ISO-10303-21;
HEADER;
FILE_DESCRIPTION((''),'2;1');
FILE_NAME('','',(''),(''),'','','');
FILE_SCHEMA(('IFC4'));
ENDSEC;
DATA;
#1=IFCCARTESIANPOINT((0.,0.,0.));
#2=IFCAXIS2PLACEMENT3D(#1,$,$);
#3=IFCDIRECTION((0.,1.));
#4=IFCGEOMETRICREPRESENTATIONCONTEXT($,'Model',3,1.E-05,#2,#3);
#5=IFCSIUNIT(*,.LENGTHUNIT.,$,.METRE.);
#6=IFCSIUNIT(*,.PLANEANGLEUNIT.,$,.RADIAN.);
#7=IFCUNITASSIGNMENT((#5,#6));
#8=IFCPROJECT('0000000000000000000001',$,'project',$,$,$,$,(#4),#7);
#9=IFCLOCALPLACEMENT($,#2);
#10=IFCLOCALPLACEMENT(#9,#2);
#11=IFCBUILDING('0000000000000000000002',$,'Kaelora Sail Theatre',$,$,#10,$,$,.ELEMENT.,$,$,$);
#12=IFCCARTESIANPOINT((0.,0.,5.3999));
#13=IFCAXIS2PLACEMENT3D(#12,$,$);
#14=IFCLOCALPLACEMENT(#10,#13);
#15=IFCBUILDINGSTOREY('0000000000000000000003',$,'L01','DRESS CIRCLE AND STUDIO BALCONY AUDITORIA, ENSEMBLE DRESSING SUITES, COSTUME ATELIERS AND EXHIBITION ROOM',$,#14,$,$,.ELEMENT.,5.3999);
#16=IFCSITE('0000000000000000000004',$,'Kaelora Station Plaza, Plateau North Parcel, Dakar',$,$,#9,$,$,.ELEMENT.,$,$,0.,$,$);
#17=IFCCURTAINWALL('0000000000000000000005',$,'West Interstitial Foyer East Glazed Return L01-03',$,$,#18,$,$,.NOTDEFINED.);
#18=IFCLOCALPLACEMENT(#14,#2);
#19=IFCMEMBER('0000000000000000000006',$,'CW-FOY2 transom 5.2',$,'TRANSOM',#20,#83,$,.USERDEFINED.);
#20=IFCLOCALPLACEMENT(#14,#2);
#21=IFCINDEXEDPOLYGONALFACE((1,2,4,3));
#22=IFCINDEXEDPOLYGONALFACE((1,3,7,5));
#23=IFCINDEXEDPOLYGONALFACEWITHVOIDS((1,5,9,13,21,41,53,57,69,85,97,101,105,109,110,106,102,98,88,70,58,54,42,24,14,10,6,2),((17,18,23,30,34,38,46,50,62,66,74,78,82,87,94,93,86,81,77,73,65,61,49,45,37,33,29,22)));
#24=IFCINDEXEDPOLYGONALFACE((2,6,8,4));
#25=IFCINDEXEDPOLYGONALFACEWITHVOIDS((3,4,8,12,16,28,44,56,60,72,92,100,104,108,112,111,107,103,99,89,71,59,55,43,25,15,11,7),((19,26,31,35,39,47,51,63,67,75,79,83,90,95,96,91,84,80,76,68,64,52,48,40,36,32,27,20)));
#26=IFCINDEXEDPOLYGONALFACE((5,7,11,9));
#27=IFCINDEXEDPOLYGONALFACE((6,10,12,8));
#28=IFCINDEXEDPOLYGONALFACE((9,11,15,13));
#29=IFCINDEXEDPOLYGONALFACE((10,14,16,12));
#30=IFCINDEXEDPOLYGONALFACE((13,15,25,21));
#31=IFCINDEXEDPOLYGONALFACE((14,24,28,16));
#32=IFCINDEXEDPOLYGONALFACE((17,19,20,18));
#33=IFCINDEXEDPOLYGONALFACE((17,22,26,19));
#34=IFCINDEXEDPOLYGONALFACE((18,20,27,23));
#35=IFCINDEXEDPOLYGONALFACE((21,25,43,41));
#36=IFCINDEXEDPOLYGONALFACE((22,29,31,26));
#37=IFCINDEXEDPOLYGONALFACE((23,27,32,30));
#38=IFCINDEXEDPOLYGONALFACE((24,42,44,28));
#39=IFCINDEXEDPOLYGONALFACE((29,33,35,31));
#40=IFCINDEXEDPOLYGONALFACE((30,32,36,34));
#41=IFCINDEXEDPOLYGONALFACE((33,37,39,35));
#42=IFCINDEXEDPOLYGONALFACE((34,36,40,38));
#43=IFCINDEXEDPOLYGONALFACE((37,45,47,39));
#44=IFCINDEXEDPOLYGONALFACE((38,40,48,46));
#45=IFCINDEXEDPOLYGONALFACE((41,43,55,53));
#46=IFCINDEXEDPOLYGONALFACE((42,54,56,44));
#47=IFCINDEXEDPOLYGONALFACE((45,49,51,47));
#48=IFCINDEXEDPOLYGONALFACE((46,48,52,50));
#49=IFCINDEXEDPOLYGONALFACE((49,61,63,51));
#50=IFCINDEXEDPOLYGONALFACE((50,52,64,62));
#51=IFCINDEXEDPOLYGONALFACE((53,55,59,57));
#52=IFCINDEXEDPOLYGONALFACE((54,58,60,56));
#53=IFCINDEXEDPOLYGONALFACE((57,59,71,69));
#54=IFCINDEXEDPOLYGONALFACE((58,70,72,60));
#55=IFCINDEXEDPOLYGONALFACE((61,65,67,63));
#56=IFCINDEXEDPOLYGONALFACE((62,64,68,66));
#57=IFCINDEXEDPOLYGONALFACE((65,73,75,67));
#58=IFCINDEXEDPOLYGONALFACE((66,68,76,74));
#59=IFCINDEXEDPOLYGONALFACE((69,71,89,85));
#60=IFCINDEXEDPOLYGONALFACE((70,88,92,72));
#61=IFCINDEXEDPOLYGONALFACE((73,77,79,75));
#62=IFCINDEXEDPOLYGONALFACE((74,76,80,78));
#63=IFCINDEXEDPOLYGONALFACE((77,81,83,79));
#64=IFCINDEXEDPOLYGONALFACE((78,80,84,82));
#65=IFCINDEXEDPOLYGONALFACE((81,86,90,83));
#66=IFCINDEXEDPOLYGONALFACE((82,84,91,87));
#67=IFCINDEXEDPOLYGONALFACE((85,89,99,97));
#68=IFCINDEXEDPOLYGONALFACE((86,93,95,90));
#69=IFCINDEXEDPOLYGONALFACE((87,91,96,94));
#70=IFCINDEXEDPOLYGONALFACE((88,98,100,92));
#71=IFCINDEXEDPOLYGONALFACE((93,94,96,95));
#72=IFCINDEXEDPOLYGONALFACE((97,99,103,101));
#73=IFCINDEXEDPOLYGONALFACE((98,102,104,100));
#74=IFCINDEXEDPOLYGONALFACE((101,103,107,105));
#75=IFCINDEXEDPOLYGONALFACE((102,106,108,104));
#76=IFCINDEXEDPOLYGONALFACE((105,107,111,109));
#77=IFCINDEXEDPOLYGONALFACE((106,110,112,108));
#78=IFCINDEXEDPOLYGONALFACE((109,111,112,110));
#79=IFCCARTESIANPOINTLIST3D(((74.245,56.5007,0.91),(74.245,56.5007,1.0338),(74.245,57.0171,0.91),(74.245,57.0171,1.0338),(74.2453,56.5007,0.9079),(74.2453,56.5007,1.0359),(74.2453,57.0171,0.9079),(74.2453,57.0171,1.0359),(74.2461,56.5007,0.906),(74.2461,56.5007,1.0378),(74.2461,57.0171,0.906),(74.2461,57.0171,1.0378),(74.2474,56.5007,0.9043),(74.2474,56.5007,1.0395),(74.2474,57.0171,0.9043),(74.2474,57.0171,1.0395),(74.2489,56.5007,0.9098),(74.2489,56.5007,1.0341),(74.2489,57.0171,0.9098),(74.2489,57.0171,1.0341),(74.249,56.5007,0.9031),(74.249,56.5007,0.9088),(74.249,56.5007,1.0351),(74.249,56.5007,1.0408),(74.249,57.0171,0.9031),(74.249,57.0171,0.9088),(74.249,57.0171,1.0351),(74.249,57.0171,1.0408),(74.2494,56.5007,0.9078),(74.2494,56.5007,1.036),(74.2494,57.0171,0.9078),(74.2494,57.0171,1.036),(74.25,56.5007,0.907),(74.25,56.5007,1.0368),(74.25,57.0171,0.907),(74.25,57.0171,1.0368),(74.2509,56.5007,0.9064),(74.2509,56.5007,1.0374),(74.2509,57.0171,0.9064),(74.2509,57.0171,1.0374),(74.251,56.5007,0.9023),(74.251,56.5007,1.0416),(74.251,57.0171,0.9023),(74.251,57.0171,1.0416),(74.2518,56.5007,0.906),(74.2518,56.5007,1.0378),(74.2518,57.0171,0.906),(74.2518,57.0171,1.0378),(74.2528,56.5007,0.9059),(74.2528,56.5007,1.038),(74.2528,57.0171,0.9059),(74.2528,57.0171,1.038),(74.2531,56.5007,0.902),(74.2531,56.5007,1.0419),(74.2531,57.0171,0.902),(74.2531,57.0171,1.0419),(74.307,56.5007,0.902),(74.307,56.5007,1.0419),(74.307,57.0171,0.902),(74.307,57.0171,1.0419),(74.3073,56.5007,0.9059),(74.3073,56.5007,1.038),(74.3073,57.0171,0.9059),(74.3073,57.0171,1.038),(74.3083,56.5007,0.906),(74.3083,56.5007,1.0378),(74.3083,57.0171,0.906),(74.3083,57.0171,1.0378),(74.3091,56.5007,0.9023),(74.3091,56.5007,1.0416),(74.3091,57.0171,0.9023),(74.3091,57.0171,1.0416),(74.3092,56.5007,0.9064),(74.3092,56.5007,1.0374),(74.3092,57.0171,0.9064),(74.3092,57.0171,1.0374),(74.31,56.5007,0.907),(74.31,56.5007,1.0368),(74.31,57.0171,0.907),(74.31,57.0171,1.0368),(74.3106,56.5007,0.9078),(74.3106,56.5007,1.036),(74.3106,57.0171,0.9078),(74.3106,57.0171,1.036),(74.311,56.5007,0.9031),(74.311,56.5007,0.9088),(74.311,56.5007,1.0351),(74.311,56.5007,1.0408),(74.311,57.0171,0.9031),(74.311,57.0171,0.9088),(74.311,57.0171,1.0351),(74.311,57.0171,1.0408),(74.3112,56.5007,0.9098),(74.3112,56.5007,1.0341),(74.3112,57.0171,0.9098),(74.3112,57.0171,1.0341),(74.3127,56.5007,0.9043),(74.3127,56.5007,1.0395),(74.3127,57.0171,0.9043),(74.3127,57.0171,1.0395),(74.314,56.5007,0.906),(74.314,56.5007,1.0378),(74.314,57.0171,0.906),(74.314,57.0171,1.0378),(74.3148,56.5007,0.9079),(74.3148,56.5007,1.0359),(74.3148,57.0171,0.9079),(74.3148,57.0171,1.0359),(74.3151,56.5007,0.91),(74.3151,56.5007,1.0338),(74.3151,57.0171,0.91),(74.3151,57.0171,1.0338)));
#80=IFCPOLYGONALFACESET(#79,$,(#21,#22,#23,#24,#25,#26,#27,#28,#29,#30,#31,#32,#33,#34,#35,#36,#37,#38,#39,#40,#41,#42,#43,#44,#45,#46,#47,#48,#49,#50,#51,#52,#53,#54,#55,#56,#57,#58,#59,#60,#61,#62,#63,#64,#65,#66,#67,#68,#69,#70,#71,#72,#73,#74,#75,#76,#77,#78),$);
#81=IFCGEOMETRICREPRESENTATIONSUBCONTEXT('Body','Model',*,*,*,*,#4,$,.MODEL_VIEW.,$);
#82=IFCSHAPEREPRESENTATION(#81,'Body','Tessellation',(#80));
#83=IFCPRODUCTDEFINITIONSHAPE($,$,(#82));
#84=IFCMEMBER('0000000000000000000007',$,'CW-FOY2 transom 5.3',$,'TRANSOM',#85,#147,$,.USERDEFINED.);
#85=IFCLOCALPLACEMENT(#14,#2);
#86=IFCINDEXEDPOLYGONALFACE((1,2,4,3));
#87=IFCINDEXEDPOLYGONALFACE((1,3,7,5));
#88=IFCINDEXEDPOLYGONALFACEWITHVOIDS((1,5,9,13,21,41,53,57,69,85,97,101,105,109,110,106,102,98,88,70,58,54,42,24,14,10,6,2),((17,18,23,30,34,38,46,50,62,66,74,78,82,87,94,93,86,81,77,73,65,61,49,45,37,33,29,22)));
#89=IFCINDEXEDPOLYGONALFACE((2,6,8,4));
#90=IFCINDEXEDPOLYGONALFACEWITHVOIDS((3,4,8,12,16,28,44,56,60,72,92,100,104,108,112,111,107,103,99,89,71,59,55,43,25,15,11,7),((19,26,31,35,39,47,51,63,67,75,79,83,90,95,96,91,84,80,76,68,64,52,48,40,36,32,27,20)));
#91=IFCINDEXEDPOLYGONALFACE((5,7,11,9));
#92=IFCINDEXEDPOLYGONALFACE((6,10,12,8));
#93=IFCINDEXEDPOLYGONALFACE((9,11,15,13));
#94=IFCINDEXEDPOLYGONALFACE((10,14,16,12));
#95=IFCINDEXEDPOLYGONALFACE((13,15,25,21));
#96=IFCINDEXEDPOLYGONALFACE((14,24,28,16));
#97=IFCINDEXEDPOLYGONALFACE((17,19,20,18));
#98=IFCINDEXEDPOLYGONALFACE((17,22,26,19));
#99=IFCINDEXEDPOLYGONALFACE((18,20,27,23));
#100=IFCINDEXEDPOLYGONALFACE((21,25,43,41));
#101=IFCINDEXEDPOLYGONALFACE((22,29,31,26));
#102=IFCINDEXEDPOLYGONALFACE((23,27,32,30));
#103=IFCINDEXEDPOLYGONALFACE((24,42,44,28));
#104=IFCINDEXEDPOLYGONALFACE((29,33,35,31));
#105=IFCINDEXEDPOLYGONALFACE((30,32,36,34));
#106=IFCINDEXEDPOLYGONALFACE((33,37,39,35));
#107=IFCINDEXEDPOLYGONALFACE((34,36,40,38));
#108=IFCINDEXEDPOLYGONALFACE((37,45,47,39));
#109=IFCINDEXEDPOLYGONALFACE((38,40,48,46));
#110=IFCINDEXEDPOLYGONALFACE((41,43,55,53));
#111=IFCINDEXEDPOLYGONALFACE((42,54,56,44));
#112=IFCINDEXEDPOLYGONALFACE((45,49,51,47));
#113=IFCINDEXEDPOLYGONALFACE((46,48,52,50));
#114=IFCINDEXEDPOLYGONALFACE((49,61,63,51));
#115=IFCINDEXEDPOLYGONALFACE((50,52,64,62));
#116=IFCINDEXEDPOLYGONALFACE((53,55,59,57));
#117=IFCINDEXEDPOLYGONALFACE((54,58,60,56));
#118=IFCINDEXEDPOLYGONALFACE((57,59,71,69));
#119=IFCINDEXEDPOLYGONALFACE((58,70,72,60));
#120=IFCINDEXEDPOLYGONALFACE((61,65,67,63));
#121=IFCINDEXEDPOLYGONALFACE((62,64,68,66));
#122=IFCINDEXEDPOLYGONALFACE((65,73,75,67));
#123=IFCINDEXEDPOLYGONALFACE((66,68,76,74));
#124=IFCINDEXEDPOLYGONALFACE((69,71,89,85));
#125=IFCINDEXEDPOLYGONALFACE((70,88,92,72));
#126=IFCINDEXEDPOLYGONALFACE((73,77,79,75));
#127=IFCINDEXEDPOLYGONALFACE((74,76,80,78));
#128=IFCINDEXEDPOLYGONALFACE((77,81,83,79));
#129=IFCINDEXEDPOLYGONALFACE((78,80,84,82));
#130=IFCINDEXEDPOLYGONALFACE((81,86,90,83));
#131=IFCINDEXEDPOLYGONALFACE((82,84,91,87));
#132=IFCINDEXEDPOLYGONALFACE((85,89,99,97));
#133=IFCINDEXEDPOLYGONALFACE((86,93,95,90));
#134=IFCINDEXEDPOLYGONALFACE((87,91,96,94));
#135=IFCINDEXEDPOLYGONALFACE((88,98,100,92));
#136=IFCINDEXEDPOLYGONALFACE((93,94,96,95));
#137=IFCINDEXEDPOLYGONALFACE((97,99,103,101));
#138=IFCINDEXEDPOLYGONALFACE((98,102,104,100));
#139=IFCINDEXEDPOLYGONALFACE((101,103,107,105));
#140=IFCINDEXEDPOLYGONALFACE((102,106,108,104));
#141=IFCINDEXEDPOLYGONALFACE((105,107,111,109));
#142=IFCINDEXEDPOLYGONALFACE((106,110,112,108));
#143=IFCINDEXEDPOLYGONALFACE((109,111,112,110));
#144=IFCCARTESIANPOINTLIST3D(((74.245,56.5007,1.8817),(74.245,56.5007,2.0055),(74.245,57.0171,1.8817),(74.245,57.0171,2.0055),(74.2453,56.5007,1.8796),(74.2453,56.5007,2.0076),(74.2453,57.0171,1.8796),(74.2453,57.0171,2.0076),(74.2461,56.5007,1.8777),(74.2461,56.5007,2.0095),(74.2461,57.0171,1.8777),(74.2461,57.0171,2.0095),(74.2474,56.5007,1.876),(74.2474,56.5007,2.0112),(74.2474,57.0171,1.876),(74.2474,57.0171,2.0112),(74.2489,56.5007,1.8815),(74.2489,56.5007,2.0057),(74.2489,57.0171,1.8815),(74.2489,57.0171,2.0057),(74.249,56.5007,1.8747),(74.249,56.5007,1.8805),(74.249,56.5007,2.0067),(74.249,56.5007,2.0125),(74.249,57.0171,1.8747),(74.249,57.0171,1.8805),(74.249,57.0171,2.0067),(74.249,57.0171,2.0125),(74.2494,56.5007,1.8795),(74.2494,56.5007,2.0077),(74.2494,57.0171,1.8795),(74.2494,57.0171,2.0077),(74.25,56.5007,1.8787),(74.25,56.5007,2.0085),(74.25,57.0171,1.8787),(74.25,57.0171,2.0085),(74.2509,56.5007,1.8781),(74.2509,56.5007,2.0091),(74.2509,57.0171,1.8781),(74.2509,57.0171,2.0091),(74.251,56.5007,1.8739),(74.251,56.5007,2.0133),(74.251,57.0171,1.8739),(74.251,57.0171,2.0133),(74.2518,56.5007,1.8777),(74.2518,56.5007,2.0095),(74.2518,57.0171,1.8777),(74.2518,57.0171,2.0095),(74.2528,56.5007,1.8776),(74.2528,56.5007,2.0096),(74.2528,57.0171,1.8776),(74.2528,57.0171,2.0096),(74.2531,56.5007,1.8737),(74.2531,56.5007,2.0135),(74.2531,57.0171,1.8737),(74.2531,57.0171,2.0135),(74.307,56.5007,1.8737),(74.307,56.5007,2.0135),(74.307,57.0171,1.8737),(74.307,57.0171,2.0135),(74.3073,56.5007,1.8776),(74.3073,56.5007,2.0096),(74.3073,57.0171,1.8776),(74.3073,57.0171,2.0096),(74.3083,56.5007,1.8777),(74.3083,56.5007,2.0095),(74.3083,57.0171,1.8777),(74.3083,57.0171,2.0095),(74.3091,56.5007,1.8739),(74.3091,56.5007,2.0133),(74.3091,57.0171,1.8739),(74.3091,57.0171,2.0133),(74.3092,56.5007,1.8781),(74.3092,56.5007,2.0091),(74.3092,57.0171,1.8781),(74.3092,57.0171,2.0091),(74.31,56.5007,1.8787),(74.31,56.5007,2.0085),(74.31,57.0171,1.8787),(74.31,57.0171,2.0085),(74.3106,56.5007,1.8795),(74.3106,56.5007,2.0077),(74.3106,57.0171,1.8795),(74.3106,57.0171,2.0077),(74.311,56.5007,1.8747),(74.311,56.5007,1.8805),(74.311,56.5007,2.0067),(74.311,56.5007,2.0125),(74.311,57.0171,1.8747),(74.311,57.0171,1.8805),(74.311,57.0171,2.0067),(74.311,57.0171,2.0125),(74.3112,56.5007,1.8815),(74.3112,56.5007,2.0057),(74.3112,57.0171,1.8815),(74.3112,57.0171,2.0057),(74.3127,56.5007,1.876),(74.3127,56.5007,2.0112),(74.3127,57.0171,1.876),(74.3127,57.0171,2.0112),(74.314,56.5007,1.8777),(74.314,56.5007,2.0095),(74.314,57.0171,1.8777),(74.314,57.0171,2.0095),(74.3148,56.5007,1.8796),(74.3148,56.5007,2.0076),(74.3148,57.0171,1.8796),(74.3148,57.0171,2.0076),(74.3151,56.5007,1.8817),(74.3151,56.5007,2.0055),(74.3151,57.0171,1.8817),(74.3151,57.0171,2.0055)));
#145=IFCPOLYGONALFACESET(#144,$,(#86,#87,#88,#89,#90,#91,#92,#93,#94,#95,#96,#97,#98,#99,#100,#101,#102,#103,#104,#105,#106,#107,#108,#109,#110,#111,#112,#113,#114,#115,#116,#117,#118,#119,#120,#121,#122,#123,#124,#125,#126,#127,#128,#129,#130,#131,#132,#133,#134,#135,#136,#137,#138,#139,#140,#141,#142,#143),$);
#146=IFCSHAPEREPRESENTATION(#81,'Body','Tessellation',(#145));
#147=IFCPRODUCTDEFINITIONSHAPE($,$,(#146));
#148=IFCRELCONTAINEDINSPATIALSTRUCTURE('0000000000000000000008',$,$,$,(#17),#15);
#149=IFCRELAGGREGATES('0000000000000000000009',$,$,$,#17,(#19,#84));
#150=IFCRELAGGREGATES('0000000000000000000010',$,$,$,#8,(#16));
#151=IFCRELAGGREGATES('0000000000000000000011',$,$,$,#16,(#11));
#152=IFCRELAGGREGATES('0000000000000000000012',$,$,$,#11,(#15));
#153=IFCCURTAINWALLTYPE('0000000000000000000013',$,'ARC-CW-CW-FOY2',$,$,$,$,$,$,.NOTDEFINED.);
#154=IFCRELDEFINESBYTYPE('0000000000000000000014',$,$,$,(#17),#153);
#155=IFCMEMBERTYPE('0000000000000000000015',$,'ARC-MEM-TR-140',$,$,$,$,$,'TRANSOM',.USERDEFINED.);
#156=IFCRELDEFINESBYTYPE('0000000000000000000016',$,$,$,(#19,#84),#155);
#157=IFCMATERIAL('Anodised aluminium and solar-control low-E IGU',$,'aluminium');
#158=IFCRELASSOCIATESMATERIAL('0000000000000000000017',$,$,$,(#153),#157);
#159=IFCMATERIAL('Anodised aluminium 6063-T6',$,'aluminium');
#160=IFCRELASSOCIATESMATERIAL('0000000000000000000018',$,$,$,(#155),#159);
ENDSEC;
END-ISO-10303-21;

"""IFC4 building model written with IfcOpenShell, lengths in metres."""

from ifc_helpers import new_model, si_unit, direction, frame, origin, origin_2d, place, context, subcontext, project, spatial, hollow_rectangle, extrude, material, material_profile, profile_set, type_object, element, aggregate, save


model = new_model("IFC4")

# Units and contexts
model_context = context("Model", 3, precision=1e-05, world=origin(), true_north=direction((0.0, 1.0)))
body_context = subcontext(model_context, "Body", "Model", "MODEL_VIEW")
ifc_project = project(units=[si_unit("LENGTHUNIT", "METRE"), si_unit("PLANEANGLEUNIT", "RADIAN")], contexts=[model_context])

# Site, building, storey
site_placement = place(None, origin())
site = spatial("IfcSite", under=ifc_project, at=site_placement, Name="Kaelora Station Plaza, Plateau North Parcel, Dakar", CompositionType="ELEMENT", RefElevation=0.0)
building_placement = place(site_placement, origin())
building = spatial("IfcBuilding", under=site, at=building_placement, Name="Kaelora Sail Theatre", CompositionType="ELEMENT")
storey_placement = place(building_placement, frame((0.0, 0.0, 5.3999)))
storey = spatial("IfcBuildingStorey", under=building, at=storey_placement, Name="L01", Description="DRESS CIRCLE AND STUDIO BALCONY AUDITORIA, ENSEMBLE DRESSING SUITES, COSTUME ATELIERS AND EXHIBITION ROOM", CompositionType="ELEMENT", Elevation=5.3999)

# Curtain wall, members
ifc_material_1 = material(Name="Anodised aluminium and solar-control low-E IGU", Category="aluminium")
curtain_wall_type = type_object("IfcCurtainWallType", Name="ARC-CW-CW-FOY2", PredefinedType="NOTDEFINED", material=ifc_material_1)
curtain_wall_placement = place(storey_placement, origin())
curtain_wall = element("IfcCurtainWall", 1, at=curtain_wall_placement, inside=storey, type_object=curtain_wall_type, Name="West Interstitial Foyer East Glazed Return L01-03", PredefinedType="NOTDEFINED")
ifc_material_2 = material(Name="Anodised aluminium 6063-T6", Category="aluminium")
ifc_material_profile_1 = material_profile(ifc_material_2, hollow_rectangle(XDim=0.0701, YDim=0.1399, WallThickness=0.0039, InnerFilletRadius=0.0039, OuterFilletRadius=0.0081, at=origin_2d()), Name="ALU-TRAN 70x140x4")
ifc_profile_set_1 = profile_set([ifc_material_profile_1], Name="Anodised aluminium 6063-T6")
member_type_1 = type_object("IfcMemberType", Name="ARC-MEM-TR-140", ElementType="TRANSOM", PredefinedType="USERDEFINED", material=ifc_profile_set_1)
member_1_placement = place(storey_placement, frame((74.28, 56.5007, 0.9719), z_axis=(0.0, 1.0, 0.0), x_axis=(-1.0, 0.0, 0.0)))
member_1 = element("IfcMember", 2, at=member_1_placement, type_object=member_type_1, Name="CW-FOY2 transom 5.2", ObjectType="TRANSOM", PredefinedType="USERDEFINED", context=body_context, shape_type="SweptSolid", body=[
    extrude(hollow_rectangle(XDim=0.0701, YDim=0.1399, WallThickness=0.0039, InnerFilletRadius=0.0039, OuterFilletRadius=0.0081, at=origin_2d()), origin(), (0.0, 0.0, 1.0), 0.5164),
])
member_2_placement = place(storey_placement, frame((74.28, 56.5007, 1.9436), z_axis=(0.0, 1.0, 0.0), x_axis=(-1.0, 0.0, 0.0)))
member_2 = element("IfcMember", 3, at=member_2_placement, type_object=member_type_1, Name="CW-FOY2 transom 5.3", ObjectType="TRANSOM", PredefinedType="USERDEFINED", context=body_context, shape_type="SweptSolid", body=[
    extrude(hollow_rectangle(XDim=0.0701, YDim=0.1399, WallThickness=0.0039, InnerFilletRadius=0.0039, OuterFilletRadius=0.0081, at=origin_2d()), origin(), (0.0, 0.0, 1.0), 0.5164),
])
aggregate(curtain_wall, [member_1, member_2])

save(model, "model.ifc")
